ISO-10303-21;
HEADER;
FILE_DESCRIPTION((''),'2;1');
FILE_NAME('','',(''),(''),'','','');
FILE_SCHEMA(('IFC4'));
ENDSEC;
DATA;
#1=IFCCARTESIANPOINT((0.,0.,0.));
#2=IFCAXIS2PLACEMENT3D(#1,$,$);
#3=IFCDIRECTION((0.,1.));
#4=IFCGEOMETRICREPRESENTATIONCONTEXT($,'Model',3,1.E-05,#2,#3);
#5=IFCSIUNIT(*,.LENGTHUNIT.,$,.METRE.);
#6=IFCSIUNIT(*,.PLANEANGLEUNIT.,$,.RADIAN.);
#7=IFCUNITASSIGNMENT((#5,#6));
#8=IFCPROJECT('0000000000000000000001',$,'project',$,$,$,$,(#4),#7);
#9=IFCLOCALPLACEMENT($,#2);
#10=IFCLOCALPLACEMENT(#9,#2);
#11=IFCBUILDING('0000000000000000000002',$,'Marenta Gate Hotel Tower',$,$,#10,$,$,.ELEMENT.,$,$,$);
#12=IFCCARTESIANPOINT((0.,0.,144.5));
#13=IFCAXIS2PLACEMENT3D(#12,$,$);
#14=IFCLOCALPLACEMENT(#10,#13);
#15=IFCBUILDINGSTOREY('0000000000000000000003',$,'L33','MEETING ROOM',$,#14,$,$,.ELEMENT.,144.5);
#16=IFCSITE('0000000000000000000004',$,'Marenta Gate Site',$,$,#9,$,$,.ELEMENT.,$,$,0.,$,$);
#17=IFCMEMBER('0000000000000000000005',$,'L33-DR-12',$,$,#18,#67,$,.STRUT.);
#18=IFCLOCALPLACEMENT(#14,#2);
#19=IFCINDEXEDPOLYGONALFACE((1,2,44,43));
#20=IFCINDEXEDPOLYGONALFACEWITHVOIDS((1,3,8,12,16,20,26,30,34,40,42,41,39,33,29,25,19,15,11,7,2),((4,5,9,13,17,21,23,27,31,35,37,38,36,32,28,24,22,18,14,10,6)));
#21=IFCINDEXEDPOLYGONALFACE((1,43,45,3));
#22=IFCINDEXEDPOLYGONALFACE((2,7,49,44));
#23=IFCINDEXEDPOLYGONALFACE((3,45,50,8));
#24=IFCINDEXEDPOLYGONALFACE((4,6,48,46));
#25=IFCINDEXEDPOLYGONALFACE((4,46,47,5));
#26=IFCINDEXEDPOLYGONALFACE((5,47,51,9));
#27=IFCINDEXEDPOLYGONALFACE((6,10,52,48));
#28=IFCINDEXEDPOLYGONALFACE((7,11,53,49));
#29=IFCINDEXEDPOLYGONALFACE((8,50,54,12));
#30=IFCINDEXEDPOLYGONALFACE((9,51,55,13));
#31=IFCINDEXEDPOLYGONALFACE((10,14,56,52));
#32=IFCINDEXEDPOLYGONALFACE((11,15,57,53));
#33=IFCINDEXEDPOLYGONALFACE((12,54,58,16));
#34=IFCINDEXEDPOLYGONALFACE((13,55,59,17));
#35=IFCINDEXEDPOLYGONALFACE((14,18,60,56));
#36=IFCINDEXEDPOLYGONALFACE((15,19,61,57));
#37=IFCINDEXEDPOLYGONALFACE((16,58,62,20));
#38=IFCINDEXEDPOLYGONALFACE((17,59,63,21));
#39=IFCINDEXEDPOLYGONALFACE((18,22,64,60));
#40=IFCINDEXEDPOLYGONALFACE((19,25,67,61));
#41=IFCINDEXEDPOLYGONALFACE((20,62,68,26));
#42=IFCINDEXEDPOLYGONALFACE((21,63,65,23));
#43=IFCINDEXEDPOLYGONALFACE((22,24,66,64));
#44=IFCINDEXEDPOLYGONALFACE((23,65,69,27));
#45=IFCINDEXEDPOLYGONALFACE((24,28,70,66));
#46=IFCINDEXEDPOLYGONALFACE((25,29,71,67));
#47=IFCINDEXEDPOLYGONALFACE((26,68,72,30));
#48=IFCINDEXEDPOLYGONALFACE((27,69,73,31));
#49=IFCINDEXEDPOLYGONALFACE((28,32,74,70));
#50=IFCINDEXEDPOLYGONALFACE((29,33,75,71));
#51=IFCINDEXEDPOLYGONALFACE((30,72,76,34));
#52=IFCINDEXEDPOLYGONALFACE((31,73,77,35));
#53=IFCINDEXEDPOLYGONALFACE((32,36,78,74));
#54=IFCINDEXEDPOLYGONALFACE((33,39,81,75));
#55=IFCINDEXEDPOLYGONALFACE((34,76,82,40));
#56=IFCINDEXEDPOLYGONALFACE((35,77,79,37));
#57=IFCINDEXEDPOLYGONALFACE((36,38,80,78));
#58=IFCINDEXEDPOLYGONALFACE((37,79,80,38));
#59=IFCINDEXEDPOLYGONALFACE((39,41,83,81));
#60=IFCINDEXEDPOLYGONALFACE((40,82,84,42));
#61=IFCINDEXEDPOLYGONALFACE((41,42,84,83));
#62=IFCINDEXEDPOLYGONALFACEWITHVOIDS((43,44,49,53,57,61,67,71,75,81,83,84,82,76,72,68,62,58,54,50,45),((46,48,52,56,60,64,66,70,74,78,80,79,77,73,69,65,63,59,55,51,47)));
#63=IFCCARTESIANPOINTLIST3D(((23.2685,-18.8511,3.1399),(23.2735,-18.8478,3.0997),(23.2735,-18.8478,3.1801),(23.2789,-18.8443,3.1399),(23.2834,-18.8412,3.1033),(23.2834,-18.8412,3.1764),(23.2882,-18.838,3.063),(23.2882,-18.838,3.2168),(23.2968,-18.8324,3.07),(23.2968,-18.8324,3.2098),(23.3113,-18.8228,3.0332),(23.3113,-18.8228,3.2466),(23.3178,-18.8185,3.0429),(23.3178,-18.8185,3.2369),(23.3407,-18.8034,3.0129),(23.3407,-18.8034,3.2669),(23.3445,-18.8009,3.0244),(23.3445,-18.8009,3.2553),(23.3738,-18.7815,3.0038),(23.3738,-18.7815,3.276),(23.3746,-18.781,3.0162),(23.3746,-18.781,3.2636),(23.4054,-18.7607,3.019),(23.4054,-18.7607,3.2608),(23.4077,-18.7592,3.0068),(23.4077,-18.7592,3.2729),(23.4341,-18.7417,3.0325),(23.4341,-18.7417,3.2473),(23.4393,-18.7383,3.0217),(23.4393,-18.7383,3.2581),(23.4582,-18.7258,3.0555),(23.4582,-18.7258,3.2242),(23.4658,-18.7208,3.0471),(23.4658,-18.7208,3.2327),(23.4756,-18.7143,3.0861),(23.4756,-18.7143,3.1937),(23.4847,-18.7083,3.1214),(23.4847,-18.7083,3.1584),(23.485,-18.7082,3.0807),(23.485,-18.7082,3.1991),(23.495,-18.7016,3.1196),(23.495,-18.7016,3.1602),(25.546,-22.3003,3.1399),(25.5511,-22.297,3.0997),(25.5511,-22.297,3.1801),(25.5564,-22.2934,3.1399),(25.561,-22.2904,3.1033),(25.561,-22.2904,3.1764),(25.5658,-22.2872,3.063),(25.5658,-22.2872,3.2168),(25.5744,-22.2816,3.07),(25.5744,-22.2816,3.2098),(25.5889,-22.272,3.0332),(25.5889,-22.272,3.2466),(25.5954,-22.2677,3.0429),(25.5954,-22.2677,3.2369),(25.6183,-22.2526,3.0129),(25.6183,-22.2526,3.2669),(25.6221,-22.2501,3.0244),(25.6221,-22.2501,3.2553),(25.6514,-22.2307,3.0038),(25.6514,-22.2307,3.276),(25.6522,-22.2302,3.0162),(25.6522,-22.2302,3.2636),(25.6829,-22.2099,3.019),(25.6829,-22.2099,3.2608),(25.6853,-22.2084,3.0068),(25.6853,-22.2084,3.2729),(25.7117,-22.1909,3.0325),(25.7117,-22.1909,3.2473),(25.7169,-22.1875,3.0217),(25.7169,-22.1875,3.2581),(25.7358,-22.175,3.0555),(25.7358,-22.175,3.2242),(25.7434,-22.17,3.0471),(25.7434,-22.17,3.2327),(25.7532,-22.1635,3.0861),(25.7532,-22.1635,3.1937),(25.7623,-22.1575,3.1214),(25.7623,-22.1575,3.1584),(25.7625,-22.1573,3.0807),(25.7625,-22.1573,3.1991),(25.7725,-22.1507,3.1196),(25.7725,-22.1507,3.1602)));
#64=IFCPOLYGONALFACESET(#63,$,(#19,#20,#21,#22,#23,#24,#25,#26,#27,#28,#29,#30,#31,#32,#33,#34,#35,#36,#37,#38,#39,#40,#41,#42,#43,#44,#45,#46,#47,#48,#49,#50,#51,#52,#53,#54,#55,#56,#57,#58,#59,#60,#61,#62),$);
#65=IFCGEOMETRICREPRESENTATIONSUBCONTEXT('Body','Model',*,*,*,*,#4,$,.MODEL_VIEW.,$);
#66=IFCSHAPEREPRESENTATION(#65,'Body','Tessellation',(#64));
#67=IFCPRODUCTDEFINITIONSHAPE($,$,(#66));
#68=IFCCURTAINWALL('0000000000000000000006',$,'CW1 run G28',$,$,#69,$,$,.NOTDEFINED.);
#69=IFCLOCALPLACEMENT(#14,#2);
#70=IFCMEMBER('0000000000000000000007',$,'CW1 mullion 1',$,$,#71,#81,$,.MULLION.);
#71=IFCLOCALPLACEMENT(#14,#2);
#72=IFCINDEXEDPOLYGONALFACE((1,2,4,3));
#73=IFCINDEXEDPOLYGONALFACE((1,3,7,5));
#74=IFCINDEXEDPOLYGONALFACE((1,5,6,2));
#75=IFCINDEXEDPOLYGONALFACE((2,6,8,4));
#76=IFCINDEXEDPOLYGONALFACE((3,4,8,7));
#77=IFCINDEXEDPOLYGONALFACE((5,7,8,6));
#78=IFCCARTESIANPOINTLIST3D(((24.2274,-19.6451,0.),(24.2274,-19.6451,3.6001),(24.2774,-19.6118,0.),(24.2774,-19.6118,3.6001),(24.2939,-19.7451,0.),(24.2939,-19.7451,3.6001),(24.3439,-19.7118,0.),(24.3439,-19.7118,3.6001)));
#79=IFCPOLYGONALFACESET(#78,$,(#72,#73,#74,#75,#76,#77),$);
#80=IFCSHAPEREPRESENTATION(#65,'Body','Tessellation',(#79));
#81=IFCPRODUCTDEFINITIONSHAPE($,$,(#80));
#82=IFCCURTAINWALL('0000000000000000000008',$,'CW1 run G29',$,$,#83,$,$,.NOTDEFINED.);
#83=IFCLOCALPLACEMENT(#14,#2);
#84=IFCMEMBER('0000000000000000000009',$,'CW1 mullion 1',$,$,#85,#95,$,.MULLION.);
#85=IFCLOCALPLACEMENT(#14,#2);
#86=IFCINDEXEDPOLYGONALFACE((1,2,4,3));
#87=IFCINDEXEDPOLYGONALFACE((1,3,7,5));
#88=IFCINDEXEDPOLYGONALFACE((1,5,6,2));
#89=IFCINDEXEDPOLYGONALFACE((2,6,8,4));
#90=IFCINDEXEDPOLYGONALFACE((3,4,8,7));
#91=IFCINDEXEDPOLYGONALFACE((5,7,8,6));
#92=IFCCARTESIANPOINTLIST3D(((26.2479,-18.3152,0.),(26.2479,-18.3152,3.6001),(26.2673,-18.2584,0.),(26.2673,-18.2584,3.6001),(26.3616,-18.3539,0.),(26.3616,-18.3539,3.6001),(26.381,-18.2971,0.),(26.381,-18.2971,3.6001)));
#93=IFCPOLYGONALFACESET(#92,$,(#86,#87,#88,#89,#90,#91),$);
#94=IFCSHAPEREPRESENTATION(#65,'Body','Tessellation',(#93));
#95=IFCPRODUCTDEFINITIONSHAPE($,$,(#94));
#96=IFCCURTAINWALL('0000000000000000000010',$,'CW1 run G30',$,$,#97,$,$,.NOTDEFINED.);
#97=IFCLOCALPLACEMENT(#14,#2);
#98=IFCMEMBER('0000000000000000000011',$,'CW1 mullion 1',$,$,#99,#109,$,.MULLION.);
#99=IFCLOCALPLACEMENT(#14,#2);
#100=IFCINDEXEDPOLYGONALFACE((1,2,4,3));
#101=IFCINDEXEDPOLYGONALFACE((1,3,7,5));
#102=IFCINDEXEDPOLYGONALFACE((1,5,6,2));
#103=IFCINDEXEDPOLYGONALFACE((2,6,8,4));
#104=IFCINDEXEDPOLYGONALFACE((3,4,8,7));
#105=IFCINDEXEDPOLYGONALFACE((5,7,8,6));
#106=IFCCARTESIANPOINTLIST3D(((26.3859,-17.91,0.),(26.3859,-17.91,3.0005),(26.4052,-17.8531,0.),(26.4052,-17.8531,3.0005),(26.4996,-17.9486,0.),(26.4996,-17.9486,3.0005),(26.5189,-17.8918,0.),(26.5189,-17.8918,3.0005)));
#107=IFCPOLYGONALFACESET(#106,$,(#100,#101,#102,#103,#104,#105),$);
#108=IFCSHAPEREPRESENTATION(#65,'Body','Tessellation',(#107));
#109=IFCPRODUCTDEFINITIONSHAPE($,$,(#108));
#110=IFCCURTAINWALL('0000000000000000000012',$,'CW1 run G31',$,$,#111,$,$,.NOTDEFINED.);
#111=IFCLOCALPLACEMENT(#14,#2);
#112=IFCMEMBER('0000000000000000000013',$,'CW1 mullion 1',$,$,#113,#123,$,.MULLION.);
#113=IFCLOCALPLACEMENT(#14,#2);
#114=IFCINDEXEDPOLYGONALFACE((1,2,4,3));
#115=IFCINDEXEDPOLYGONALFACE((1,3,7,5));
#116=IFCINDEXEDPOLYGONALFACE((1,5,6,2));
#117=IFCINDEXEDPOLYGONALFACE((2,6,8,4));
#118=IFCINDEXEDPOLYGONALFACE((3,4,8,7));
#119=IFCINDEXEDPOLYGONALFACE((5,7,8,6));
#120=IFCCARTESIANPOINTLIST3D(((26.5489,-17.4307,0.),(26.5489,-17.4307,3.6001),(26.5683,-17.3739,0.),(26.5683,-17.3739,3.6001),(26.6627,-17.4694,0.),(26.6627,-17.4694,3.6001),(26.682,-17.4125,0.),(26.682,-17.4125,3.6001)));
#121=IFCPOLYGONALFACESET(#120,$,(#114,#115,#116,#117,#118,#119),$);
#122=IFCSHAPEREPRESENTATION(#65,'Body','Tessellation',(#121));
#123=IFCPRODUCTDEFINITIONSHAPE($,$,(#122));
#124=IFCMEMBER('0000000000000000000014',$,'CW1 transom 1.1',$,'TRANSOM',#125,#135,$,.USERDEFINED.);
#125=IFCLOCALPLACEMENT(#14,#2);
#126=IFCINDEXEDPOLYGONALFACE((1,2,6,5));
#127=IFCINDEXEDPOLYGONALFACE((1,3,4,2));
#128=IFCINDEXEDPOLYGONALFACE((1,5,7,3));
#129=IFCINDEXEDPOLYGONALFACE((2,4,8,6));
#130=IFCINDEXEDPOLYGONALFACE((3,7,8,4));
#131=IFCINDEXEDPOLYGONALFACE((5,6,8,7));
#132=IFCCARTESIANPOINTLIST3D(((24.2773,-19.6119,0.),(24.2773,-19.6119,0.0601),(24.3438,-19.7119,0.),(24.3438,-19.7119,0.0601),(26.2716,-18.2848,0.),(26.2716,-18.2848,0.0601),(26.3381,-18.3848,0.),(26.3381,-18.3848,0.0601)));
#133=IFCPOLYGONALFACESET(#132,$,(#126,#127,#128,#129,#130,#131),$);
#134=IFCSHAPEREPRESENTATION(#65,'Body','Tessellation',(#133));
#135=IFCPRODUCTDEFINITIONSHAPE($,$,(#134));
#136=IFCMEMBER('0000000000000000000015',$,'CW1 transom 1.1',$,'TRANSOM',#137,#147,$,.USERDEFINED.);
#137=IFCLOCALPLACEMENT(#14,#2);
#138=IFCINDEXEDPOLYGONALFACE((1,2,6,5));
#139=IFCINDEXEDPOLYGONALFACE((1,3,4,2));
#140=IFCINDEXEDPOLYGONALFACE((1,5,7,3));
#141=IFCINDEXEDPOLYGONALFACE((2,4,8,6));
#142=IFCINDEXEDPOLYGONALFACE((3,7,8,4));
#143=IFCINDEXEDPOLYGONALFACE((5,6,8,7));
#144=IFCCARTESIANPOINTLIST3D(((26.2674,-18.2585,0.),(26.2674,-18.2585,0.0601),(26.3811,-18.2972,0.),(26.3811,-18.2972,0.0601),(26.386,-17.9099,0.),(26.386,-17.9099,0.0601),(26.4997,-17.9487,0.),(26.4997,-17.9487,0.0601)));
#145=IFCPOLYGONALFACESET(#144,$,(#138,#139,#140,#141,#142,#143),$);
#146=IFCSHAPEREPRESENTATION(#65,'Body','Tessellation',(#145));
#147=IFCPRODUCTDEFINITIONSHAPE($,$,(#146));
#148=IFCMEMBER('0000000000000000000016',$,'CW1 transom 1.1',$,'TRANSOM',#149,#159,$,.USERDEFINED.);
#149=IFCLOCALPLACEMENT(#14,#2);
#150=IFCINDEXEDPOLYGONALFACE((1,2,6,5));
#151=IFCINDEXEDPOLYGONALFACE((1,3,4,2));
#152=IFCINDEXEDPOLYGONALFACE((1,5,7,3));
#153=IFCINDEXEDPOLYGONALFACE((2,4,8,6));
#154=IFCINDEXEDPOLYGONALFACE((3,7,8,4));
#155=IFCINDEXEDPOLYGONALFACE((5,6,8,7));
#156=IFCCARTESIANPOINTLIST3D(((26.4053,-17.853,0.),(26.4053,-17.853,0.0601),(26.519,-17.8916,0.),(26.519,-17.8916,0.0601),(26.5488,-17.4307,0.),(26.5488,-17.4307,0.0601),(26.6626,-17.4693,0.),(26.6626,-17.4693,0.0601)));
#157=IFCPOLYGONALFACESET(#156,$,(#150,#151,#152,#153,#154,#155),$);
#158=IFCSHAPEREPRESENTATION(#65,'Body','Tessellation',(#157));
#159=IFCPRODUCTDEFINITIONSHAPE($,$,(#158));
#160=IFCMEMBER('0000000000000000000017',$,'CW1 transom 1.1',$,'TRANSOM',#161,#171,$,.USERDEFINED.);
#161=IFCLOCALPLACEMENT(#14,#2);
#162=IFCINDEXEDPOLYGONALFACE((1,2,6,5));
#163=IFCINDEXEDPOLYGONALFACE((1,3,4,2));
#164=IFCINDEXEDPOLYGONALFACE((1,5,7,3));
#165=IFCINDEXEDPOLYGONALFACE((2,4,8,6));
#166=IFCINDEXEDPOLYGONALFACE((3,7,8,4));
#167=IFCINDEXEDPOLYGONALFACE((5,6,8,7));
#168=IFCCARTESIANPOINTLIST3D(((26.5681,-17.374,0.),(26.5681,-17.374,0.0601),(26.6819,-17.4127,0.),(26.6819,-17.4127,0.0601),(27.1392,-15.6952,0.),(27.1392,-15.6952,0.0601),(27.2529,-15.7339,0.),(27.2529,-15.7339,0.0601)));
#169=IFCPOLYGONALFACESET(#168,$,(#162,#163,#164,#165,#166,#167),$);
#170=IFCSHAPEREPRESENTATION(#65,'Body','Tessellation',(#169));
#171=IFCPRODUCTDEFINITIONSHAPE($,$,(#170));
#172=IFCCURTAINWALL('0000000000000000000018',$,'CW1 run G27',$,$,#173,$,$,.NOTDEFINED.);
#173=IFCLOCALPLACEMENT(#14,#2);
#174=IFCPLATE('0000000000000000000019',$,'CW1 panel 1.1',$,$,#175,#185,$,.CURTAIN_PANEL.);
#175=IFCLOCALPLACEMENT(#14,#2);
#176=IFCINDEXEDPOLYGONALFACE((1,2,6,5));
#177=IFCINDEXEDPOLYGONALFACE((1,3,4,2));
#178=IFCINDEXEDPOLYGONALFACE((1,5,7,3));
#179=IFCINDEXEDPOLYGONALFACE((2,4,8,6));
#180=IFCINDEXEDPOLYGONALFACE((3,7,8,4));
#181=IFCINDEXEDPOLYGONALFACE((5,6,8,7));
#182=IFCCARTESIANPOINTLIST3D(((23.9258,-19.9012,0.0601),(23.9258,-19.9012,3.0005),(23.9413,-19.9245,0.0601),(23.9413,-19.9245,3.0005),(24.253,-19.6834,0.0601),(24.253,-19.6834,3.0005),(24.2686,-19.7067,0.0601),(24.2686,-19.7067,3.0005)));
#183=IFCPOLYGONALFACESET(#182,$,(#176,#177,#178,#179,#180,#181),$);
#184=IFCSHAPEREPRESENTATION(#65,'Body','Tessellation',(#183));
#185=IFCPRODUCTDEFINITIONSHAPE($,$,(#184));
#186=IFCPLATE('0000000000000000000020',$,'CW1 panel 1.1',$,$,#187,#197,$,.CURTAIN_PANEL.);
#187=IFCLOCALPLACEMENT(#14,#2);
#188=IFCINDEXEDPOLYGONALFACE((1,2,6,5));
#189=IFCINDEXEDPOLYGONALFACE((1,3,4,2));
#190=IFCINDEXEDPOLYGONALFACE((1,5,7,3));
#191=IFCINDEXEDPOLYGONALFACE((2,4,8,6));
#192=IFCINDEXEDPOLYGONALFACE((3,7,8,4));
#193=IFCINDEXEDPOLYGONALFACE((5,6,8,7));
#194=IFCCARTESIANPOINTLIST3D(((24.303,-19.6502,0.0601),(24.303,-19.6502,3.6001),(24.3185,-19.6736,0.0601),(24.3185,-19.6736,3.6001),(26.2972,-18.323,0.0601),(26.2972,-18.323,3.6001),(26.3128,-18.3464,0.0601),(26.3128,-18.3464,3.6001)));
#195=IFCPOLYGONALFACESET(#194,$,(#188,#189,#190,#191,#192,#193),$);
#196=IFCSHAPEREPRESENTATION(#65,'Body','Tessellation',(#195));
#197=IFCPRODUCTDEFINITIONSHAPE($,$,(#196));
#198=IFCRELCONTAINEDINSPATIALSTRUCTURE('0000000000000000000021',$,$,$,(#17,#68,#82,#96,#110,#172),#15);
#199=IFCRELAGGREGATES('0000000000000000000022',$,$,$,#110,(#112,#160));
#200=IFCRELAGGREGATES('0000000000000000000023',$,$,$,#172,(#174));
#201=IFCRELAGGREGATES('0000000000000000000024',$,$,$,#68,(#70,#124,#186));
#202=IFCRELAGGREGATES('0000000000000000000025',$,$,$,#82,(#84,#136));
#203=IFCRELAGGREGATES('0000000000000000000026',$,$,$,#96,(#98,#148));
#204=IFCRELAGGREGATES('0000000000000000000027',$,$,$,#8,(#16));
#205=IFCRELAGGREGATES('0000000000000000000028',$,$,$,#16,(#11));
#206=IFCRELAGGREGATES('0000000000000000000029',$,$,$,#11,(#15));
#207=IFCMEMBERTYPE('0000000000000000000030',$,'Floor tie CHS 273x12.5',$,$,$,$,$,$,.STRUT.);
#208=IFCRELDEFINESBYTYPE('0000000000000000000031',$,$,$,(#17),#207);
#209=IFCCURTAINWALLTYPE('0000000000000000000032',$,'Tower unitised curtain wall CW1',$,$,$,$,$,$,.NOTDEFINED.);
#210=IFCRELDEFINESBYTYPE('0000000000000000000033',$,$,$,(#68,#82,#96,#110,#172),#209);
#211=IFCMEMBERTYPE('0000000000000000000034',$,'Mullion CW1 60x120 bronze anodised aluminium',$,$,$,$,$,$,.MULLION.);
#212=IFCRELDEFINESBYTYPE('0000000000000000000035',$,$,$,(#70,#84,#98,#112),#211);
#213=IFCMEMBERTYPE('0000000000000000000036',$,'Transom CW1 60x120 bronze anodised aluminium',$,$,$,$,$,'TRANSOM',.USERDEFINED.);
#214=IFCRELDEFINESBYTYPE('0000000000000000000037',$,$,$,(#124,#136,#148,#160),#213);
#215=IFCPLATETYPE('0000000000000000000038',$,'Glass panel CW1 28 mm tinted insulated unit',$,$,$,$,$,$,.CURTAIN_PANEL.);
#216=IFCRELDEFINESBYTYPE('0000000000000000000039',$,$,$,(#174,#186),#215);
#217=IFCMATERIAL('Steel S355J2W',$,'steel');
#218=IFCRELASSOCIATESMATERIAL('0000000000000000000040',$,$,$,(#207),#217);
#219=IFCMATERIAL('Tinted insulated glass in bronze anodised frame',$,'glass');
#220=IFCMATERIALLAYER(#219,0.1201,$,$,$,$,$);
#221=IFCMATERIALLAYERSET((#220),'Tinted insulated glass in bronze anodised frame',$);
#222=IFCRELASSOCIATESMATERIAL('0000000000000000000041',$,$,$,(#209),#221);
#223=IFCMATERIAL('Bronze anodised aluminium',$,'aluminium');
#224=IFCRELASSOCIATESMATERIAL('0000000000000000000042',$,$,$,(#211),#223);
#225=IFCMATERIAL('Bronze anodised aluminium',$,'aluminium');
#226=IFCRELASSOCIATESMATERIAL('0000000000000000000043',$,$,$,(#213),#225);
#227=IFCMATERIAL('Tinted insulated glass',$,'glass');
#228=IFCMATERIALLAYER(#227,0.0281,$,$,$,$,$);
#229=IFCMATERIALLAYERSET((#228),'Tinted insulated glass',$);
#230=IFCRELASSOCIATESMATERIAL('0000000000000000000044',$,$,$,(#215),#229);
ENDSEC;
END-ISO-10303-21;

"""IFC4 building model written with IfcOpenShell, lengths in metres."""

from ifc_helpers import new_model, si_unit, direction, frame, origin, origin_2d, place, context, subcontext, project, spatial, rectangle, hollow_circle, extrude, material, layer, layer_set, material_profile, profile_set, type_object, element, aggregate, save


model = new_model("IFC4")

# Units and contexts
model_context = context("Model", 3, precision=1e-05, world=origin(), true_north=direction((0.0, 1.0)))
body_context = subcontext(model_context, "Body", "Model", "MODEL_VIEW")
ifc_project = project(units=[si_unit("LENGTHUNIT", "METRE"), si_unit("PLANEANGLEUNIT", "RADIAN")], contexts=[model_context])

# Site, building, storey
site_placement = place(None, origin())
site = spatial("IfcSite", under=ifc_project, at=site_placement, Name="Marenta Gate Site", CompositionType="ELEMENT", RefElevation=0.0)
building_placement = place(site_placement, origin())
building = spatial("IfcBuilding", under=site, at=building_placement, Name="Marenta Gate Hotel Tower", CompositionType="ELEMENT")
storey_placement = place(building_placement, frame((0.0, 0.0, 144.5)))
storey = spatial("IfcBuildingStorey", under=building, at=storey_placement, Name="L33", Description="MEETING ROOM", CompositionType="ELEMENT", Elevation=144.5)

# Member
ifc_material_1 = material(Name="Steel S355J2W", Category="steel")
ifc_material_profile_1 = material_profile(ifc_material_1, hollow_circle(Radius=0.1365, WallThickness=0.0125, at=origin_2d()), Name="CHS 273x12.5")
ifc_profile_set_1 = profile_set([ifc_material_profile_1], Name="Steel S355J2W")
member_type_1 = type_object("IfcMemberType", Name="Floor tie CHS 273x12.5", PredefinedType="STRUT", material=ifc_profile_set_1)
member_1_placement = place(storey_placement, frame((25.6599, -22.2251, 3.1399), z_axis=(-0.551028, 0.834487, 0.0), x_axis=(-0.834487, -0.551028, 0.0)))
element("IfcMember", 1, at=member_1_placement, inside=storey, type_object=member_type_1, Name="L33-DR-12", PredefinedType="STRUT", context=body_context, shape_type="SweptSolid", body=[
    extrude(hollow_circle(Radius=0.1365, WallThickness=0.0125, at=origin_2d()), origin(), (0.0, 0.0, 1.0), 4.1333),
])

# Curtain walls, members
ifc_material_2 = material(Name="Tinted insulated glass in bronze anodised frame", Category="glass")
ifc_layer_1 = layer(ifc_material_2, 0.1201)
ifc_layer_set_1 = layer_set([ifc_layer_1], Name="Tinted insulated glass in bronze anodised frame")
curtain_wall_type = type_object("IfcCurtainWallType", Name="Tower unitised curtain wall CW1", PredefinedType="NOTDEFINED", material=ifc_layer_set_1)
curtain_wall_1_placement = place(storey_placement, origin())
curtain_wall_1 = element("IfcCurtainWall", 2, at=curtain_wall_1_placement, inside=storey, type_object=curtain_wall_type, Name="CW1 run G28", PredefinedType="NOTDEFINED")
ifc_material_3 = material(Name="Bronze anodised aluminium", Category="aluminium")
ifc_material_profile_2 = material_profile(ifc_material_3, rectangle(XDim=0.1201, YDim=0.0601, at=origin_2d()), Name="Mullion CW1 60x120 bronze anodised aluminium")
ifc_profile_set_2 = profile_set([ifc_material_profile_2], Name="Bronze anodised aluminium")
member_type_2 = type_object("IfcMemberType", Name="Mullion CW1 60x120 bronze anodised aluminium", PredefinedType="MULLION", material=ifc_profile_set_2)
member_2_placement = place(storey_placement, frame((24.2856, -19.6785, 0.0), z_axis=(0.0, 0.0, 1.0), x_axis=(-0.554023, 0.832501, 0.0)))
member_2 = element("IfcMember", 3, at=member_2_placement, type_object=member_type_2, Name="CW1 mullion 1", PredefinedType="MULLION", context=body_context, shape_type="SweptSolid", body=[
    extrude(rectangle(XDim=0.1201, YDim=0.0601, at=origin_2d()), origin(), (0.0, 0.0, 1.0), 3.6001),
])
curtain_wall_2_placement = place(storey_placement, origin())
curtain_wall_2 = element("IfcCurtainWall", 4, at=curtain_wall_2_placement, inside=storey, type_object=curtain_wall_type, Name="CW1 run G29", PredefinedType="NOTDEFINED")
member_3_placement = place(storey_placement, frame((26.3145, -18.3062, 0.0), z_axis=(0.0, 0.0, 1.0), x_axis=(-0.946727, 0.322037, 0.0)))
member_3 = element("IfcMember", 5, at=member_3_placement, type_object=member_type_2, Name="CW1 mullion 1", PredefinedType="MULLION", context=body_context, shape_type="SweptSolid", body=[
    extrude(rectangle(XDim=0.1201, YDim=0.0601, at=origin_2d()), origin(), (0.0, 0.0, 1.0), 3.6001),
])
curtain_wall_3_placement = place(storey_placement, origin())
curtain_wall_3 = element("IfcCurtainWall", 6, at=curtain_wall_3_placement, inside=storey, type_object=curtain_wall_type, Name="CW1 run G30", PredefinedType="NOTDEFINED")
member_4_placement = place(storey_placement, frame((26.4524, -17.9009, 0.0), z_axis=(0.0, 0.0, 1.0), x_axis=(-0.946729, 0.32203, 0.0)))
member_4 = element("IfcMember", 7, at=member_4_placement, type_object=member_type_2, Name="CW1 mullion 1", PredefinedType="MULLION", context=body_context, shape_type="SweptSolid", body=[
    extrude(rectangle(XDim=0.1201, YDim=0.0601, at=origin_2d()), origin(), (0.0, 0.0, 1.0), 3.0005),
])
curtain_wall_4_placement = place(storey_placement, origin())
curtain_wall_4 = element("IfcCurtainWall", 8, at=curtain_wall_4_placement, inside=storey, type_object=curtain_wall_type, Name="CW1 run G31", PredefinedType="NOTDEFINED")
member_5_placement = place(storey_placement, frame((26.6155, -17.4216, 0.0), z_axis=(0.0, 0.0, 1.0), x_axis=(-0.946729, 0.322032, 0.0)))
member_5 = element("IfcMember", 9, at=member_5_placement, type_object=member_type_2, Name="CW1 mullion 1", PredefinedType="MULLION", context=body_context, shape_type="SweptSolid", body=[
    extrude(rectangle(XDim=0.1201, YDim=0.0601, at=origin_2d()), origin(), (0.0, 0.0, 1.0), 3.6001),
])

# Members
ifc_material_4 = material(Name="Bronze anodised aluminium", Category="aluminium")
ifc_material_profile_3 = material_profile(ifc_material_4, rectangle(XDim=0.1201, YDim=0.0601, at=origin_2d()), Name="Transom CW1 60x120 bronze anodised aluminium")
ifc_profile_set_3 = profile_set([ifc_material_profile_3], Name="Bronze anodised aluminium")
member_type_3 = type_object("IfcMemberType", Name="Transom CW1 60x120 bronze anodised aluminium", ElementType="TRANSOM", PredefinedType="USERDEFINED", material=ifc_profile_set_3)
member_6_placement = place(storey_placement, frame((24.3105, -19.6619, 0.03), z_axis=(0.83252, 0.553994, 0.0), x_axis=(-0.553994, 0.83252, 0.0)))
member_6 = element("IfcMember", 10, at=member_6_placement, type_object=member_type_3, Name="CW1 transom 1.1", ObjectType="TRANSOM", PredefinedType="USERDEFINED", context=body_context, shape_type="SweptSolid", body=[
    extrude(rectangle(XDim=0.1201, YDim=0.0601, at=origin_2d()), origin(), (0.0, 0.0, 1.0), 2.3955),
])
member_7_placement = place(storey_placement, frame((26.3242, -18.2778, 0.03), z_axis=(0.322188, 0.946676, 0.0), x_axis=(-0.946676, 0.322188, 0.0)))
member_7 = element("IfcMember", 11, at=member_7_placement, type_object=member_type_3, Name="CW1 transom 1.1", ObjectType="TRANSOM", PredefinedType="USERDEFINED", context=body_context, shape_type="SweptSolid", body=[
    extrude(rectangle(XDim=0.1201, YDim=0.0601, at=origin_2d()), origin(), (0.0, 0.0, 1.0), 0.3682),
])
member_8_placement = place(storey_placement, frame((26.4622, -17.8723, 0.03), z_axis=(0.321805, 0.946806, 0.0), x_axis=(-0.946806, 0.321805, 0.0)))
member_8 = element("IfcMember", 12, at=member_8_placement, type_object=member_type_3, Name="CW1 transom 1.1", ObjectType="TRANSOM", PredefinedType="USERDEFINED", context=body_context, shape_type="SweptSolid", body=[
    extrude(rectangle(XDim=0.1201, YDim=0.0601, at=origin_2d()), origin(), (0.0, 0.0, 1.0), 0.446),
])
member_9_placement = place(storey_placement, frame((26.625, -17.3933, 0.03), z_axis=(0.322046, 0.946724, 0.0), x_axis=(-0.946724, 0.322046, 0.0)))
member_9 = element("IfcMember", 13, at=member_9_placement, type_object=member_type_3, Name="CW1 transom 1.1", ObjectType="TRANSOM", PredefinedType="USERDEFINED", context=body_context, shape_type="SweptSolid", body=[
    extrude(rectangle(XDim=0.1201, YDim=0.0601, at=origin_2d()), origin(), (0.0, 0.0, 1.0), 1.7732),
])
aggregate(curtain_wall_4, [member_5, member_9])

# Curtain wall, plate
curtain_wall_5_placement = place(storey_placement, origin())
curtain_wall_5 = element("IfcCurtainWall", 14, at=curtain_wall_5_placement, inside=storey, type_object=curtain_wall_type, Name="CW1 run G27", PredefinedType="NOTDEFINED")
ifc_material_5 = material(Name="Tinted insulated glass", Category="glass")
ifc_layer_2 = layer(ifc_material_5, 0.0281)
ifc_layer_set_2 = layer_set([ifc_layer_2], Name="Tinted insulated glass")
plate_type = type_object("IfcPlateType", Name="Glass panel CW1 28 mm tinted insulated unit", PredefinedType="CURTAIN_PANEL", material=ifc_layer_set_2)
plate_1_placement = place(storey_placement, frame((24.0972, -19.804, 0.0601), z_axis=(0.0, 0.0, 1.0), x_axis=(0.832458, 0.554089, 0.0)))
plate_1 = element("IfcPlate", 15, at=plate_1_placement, type_object=plate_type, Name="CW1 panel 1.1", PredefinedType="CURTAIN_PANEL", context=body_context, shape_type="SweptSolid", body=[
    extrude(rectangle(XDim=0.3931, YDim=0.0281, at=origin_2d()), origin(), (0.0, 0.0, 1.0), 2.9404),
])
aggregate(curtain_wall_5, [plate_1])

# Plate
plate_2_placement = place(storey_placement, frame((25.3079, -18.9983, 0.0601), z_axis=(0.0, 0.0, 1.0), x_axis=(0.832501, 0.554023, 0.0)))
plate_2 = element("IfcPlate", 16, at=plate_2_placement, type_object=plate_type, Name="CW1 panel 1.1", PredefinedType="CURTAIN_PANEL", context=body_context, shape_type="SweptSolid", body=[
    extrude(rectangle(XDim=2.3955, YDim=0.0281, at=origin_2d()), origin(), (0.0, 0.0, 1.0), 3.54),
])
aggregate(curtain_wall_1, [member_2, member_6, plate_2])
aggregate(curtain_wall_2, [member_3, member_7])
aggregate(curtain_wall_3, [member_4, member_8])

save(model, "model.ifc")
